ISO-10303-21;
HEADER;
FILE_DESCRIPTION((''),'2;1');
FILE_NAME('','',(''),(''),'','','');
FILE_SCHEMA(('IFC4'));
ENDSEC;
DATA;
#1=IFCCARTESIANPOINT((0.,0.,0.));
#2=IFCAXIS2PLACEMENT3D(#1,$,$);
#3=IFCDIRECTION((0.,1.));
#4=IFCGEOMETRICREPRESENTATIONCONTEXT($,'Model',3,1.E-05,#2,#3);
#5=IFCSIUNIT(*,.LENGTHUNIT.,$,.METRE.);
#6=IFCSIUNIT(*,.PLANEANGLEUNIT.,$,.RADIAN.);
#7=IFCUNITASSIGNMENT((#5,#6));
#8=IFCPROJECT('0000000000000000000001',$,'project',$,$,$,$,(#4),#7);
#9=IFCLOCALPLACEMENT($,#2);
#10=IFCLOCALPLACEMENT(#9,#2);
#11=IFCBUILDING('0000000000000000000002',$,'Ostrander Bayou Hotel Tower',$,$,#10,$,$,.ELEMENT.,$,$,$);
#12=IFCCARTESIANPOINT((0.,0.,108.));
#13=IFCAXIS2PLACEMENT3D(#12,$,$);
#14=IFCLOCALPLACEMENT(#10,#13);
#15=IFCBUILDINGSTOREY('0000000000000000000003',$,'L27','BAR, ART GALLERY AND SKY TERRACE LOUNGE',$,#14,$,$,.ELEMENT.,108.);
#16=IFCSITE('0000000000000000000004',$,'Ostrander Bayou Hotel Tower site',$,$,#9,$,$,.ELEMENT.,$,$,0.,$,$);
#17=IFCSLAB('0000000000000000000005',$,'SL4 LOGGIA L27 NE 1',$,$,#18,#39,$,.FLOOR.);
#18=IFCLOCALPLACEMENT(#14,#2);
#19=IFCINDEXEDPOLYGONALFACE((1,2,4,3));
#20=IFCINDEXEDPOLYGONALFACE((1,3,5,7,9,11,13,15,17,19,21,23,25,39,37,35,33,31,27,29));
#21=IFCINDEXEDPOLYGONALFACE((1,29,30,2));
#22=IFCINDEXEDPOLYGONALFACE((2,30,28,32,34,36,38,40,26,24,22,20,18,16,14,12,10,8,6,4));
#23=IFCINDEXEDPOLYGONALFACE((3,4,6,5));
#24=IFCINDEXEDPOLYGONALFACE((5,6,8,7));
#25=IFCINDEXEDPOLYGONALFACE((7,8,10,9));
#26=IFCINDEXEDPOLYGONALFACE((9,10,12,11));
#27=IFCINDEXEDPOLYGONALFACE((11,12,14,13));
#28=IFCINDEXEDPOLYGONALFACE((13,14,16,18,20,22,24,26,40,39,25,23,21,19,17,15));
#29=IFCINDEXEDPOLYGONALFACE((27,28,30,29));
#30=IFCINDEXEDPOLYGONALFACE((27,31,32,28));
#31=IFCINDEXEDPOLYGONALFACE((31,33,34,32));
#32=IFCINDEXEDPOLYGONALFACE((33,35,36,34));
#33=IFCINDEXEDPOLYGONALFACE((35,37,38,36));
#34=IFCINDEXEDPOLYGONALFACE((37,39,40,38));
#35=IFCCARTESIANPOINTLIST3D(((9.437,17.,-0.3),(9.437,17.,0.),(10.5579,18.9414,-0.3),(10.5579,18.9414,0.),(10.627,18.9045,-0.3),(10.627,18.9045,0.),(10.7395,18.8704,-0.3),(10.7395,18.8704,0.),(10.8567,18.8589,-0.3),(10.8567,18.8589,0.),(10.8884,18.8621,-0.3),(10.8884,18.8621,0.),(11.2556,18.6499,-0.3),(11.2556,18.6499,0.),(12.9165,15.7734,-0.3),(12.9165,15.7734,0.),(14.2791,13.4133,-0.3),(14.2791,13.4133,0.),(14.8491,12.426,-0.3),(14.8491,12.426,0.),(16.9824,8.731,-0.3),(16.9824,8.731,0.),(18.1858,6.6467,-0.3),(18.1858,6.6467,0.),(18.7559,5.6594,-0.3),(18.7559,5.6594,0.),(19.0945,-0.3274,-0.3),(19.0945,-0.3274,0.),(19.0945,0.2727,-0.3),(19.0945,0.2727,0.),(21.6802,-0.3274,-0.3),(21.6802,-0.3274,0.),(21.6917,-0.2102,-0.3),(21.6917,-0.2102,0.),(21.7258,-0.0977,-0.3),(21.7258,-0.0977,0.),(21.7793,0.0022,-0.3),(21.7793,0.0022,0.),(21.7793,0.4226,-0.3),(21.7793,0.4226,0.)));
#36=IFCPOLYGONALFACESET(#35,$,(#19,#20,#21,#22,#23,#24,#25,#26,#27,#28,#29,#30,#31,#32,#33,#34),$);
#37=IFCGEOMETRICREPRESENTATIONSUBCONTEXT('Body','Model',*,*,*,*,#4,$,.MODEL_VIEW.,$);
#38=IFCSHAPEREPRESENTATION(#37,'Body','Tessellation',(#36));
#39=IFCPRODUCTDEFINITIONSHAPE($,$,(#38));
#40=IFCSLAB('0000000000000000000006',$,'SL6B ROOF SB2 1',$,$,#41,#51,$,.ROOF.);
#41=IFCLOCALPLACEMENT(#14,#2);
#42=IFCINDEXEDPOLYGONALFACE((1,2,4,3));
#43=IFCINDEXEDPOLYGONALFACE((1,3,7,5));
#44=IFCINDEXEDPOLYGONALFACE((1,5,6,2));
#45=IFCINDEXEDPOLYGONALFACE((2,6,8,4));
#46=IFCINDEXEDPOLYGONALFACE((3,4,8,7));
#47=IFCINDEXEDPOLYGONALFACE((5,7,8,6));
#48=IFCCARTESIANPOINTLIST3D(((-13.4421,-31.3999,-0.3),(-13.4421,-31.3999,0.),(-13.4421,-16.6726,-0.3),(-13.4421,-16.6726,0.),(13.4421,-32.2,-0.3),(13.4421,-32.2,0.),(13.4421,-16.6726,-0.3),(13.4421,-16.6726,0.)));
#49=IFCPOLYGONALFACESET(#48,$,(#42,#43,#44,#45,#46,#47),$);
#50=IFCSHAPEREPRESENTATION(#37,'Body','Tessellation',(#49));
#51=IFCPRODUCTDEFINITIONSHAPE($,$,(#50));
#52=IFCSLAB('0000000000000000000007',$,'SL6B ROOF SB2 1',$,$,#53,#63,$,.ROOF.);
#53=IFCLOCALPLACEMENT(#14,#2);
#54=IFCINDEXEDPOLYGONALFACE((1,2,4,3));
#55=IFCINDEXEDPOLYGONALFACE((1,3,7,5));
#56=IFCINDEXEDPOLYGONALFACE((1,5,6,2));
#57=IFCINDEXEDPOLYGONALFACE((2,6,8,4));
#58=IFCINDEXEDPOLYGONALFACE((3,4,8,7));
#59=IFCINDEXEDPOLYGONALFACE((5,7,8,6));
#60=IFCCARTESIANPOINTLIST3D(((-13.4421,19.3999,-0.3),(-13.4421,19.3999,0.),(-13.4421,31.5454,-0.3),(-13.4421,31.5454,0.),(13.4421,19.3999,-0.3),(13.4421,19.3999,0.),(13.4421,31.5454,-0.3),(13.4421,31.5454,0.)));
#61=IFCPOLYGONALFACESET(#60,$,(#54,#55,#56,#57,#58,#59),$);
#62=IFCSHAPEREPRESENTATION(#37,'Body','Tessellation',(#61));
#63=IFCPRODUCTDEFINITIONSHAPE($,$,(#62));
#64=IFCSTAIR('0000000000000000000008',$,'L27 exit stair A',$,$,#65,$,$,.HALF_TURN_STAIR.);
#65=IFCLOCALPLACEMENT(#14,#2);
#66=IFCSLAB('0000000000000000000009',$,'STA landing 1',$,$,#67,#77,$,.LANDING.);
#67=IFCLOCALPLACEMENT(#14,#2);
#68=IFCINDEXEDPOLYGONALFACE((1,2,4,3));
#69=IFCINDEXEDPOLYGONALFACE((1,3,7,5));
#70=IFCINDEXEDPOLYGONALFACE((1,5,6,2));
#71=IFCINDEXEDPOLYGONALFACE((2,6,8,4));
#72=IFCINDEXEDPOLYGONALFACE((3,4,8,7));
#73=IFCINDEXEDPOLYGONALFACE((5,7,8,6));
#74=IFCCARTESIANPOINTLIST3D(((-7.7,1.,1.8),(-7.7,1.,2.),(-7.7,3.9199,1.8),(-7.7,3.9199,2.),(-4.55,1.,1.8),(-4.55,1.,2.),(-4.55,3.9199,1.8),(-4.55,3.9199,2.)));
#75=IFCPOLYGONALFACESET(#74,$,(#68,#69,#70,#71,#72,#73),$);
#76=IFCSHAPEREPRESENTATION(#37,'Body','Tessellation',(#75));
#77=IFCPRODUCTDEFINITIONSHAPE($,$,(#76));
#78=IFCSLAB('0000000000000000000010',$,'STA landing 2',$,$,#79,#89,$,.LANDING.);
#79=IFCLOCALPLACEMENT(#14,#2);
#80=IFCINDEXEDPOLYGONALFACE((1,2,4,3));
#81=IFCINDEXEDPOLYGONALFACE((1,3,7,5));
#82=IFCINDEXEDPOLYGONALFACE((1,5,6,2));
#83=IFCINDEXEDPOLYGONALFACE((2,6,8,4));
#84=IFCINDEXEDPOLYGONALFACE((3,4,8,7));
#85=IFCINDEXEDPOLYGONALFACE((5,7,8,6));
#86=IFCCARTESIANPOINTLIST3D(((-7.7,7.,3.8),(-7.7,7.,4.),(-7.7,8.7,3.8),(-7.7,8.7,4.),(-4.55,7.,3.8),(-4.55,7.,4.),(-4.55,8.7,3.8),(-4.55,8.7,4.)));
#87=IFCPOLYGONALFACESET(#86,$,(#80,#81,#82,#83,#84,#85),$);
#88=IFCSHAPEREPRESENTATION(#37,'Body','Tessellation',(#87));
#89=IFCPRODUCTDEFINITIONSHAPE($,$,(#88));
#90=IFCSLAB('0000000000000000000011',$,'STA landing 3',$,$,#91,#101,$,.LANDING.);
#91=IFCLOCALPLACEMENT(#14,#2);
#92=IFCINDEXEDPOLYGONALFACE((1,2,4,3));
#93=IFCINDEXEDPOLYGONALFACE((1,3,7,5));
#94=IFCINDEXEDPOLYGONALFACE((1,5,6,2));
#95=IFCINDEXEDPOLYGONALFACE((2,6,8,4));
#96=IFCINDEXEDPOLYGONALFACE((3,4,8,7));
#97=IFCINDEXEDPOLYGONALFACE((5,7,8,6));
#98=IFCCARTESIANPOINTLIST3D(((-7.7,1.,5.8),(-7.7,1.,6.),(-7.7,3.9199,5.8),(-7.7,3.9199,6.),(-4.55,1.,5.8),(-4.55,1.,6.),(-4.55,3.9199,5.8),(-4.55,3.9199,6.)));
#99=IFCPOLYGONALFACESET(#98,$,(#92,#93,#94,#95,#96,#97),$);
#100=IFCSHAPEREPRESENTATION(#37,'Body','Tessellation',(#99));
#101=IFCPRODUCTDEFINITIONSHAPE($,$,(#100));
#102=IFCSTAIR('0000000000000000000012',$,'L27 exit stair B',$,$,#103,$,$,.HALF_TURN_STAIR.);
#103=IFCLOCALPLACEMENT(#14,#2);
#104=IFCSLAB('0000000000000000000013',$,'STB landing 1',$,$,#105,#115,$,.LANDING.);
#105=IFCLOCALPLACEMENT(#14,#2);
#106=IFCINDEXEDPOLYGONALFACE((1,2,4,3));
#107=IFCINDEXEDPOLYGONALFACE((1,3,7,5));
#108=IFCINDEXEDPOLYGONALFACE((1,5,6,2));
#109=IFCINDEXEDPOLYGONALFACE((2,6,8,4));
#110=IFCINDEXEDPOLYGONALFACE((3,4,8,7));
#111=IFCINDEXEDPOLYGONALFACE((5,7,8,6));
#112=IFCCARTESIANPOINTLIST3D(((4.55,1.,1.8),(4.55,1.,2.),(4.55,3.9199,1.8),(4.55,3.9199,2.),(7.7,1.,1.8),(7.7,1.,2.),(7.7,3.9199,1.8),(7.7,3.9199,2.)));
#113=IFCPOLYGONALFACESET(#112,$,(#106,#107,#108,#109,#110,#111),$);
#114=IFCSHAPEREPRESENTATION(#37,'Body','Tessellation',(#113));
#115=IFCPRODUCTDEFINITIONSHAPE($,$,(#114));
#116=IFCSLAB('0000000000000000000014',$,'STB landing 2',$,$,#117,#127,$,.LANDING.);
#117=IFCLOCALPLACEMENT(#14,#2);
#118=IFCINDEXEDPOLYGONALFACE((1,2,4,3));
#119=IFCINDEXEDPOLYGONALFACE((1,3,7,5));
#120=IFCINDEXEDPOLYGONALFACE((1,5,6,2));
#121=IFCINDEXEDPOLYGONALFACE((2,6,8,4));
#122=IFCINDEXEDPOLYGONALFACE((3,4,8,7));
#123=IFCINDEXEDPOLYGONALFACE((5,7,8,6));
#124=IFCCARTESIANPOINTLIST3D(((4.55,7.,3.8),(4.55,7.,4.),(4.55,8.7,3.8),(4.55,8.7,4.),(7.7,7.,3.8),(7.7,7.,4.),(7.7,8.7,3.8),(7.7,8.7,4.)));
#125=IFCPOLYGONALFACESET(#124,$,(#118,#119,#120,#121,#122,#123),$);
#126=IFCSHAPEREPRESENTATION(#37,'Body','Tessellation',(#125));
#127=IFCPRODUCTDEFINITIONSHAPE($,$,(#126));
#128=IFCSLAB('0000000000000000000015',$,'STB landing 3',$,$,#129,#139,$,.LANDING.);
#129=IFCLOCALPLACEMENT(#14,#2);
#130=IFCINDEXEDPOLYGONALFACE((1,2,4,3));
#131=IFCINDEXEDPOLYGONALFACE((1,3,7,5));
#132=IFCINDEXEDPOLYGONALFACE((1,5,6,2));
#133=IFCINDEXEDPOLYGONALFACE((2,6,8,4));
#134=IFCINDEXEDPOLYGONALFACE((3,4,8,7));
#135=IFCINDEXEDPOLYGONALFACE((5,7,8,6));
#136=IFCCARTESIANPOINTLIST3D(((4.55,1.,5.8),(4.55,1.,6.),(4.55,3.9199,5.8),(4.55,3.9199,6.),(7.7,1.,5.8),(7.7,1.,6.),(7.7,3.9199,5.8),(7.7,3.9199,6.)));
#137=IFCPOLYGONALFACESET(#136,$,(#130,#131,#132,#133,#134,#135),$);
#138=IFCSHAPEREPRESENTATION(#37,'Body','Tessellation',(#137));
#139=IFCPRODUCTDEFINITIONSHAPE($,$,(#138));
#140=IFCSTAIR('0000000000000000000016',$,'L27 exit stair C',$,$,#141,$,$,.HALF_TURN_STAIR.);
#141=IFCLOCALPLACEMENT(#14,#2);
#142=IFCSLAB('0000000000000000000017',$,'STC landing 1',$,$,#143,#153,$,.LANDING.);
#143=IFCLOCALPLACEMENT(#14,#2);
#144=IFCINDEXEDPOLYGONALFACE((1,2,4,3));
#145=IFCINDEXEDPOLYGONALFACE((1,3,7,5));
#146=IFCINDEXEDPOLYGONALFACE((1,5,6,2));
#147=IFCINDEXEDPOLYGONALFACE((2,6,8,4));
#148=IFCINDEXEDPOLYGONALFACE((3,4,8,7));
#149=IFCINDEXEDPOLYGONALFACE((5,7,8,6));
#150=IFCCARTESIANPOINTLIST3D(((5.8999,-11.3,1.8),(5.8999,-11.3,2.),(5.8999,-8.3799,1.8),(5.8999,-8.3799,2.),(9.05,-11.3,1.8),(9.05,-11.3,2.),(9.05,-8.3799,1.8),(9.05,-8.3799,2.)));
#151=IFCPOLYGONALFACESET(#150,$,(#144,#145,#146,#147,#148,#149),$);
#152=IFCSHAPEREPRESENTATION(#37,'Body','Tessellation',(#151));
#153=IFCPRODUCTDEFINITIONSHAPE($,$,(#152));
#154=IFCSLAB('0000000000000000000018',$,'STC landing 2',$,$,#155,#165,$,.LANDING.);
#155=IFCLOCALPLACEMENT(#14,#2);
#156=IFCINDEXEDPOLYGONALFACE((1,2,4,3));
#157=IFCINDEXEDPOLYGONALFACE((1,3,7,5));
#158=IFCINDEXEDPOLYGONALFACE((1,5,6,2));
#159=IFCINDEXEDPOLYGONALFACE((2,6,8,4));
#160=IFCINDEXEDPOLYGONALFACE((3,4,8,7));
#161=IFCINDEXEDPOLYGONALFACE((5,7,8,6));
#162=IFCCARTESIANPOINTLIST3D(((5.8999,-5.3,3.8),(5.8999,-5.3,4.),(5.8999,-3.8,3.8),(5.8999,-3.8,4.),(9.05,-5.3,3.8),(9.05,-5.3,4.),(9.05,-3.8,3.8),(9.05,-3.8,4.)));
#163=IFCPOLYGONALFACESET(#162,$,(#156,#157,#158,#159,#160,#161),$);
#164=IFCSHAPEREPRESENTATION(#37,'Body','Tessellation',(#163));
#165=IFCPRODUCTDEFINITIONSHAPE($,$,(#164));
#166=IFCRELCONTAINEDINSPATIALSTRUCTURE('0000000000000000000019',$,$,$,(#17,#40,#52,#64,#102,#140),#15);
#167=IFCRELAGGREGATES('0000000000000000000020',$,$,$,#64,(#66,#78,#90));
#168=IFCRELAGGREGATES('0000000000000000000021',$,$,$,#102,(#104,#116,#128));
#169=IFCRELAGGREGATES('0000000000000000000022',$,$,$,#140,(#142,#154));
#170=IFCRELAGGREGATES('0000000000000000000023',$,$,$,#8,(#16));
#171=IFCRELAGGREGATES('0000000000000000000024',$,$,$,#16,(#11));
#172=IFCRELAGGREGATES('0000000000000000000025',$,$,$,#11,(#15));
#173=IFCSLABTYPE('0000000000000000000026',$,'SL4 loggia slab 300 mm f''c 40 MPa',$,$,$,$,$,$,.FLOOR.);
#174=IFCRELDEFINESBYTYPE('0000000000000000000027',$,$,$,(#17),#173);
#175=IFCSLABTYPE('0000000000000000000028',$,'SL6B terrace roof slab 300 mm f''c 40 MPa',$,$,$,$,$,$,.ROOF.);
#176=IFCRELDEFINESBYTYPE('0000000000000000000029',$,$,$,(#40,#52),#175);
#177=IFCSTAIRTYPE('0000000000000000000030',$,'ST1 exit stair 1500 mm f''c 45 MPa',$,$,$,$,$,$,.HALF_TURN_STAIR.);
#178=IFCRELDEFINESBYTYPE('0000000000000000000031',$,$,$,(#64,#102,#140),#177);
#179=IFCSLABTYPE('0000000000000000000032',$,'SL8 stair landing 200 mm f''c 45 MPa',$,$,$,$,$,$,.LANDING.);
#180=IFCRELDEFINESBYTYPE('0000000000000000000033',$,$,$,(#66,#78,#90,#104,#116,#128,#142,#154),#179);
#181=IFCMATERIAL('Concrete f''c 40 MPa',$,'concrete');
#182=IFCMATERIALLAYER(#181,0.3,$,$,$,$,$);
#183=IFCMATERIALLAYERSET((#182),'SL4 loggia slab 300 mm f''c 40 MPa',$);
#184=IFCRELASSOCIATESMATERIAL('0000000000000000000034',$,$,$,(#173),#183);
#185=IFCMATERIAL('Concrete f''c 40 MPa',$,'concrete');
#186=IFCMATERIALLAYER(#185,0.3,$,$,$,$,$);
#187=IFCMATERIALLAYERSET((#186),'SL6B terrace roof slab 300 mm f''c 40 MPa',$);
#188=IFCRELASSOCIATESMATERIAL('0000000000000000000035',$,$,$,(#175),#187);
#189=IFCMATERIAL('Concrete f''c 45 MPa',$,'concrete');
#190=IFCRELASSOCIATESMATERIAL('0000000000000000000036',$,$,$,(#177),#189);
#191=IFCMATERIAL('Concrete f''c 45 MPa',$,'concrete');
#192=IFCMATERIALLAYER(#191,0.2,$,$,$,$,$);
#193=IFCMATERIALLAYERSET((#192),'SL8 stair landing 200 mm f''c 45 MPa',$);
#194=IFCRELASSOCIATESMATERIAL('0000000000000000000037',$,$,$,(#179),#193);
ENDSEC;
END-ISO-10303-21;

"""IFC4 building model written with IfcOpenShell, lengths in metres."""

from ifc_helpers import new_model, si_unit, direction, frame, origin, place, context, subcontext, project, spatial, polyline, outline, extrude, material, layer, layer_set, type_object, element, aggregate, save


model = new_model("IFC4")

# Units and contexts
model_context = context("Model", 3, precision=1e-05, world=origin(), true_north=direction((0.0, 1.0)))
body_context = subcontext(model_context, "Body", "Model", "MODEL_VIEW")
ifc_project = project(units=[si_unit("LENGTHUNIT", "METRE"), si_unit("PLANEANGLEUNIT", "RADIAN")], contexts=[model_context])

# Site, building, storey
site_placement = place(None, origin())
site = spatial("IfcSite", under=ifc_project, at=site_placement, Name="Ostrander Bayou Hotel Tower site", CompositionType="ELEMENT", RefElevation=0.0)
building_placement = place(site_placement, origin())
building = spatial("IfcBuilding", under=site, at=building_placement, Name="Ostrander Bayou Hotel Tower", CompositionType="ELEMENT")
storey_placement = place(building_placement, frame((0.0, 0.0, 108.0)))
storey = spatial("IfcBuildingStorey", under=building, at=storey_placement, Name="L27", Description="BAR, ART GALLERY AND SKY TERRACE LOUNGE", CompositionType="ELEMENT", Elevation=108.0)

# Slabs
ifc_material_1 = material(Name="Concrete f'c 40 MPa", Category="concrete")
ifc_layer_1 = layer(ifc_material_1, 0.3)
ifc_layer_set_1 = layer_set([ifc_layer_1], Name="SL4 loggia slab 300 mm f'c 40 MPa")
slab_type_1 = type_object("IfcSlabType", Name="SL4 loggia slab 300 mm f'c 40 MPa", PredefinedType="FLOOR", material=ifc_layer_set_1)
slab_1_placement = place(storey_placement, frame((0.0, 0.0, -0.3)))
element("IfcSlab", 1, at=slab_1_placement, inside=storey, type_object=slab_type_1, Name="SL4 LOGGIA L27 NE 1", PredefinedType="FLOOR", context=body_context, shape_type="SweptSolid", body=[
    extrude(outline(polyline([(10.5579, 18.9414), (10.627, 18.9045), (10.7395, 18.8704), (10.8567, 18.8589), (10.8884, 18.8621), (11.2556, 18.6499), (12.9165, 15.7734), (14.2791, 13.4133), (14.8491, 12.426), (16.9824, 8.731), (18.1858, 6.6467), (18.7559, 5.6594), (21.7793, 0.4226), (21.7793, 0.0022), (21.7258, -0.0977), (21.6917, -0.2102), (21.6802, -0.3274), (19.0945, -0.3274), (19.0945, 0.2727), (9.437, 17.0), (10.5579, 18.9414)])), origin(), (0.0, 0.0, 1.0), 0.3),
])
ifc_material_2 = material(Name="Concrete f'c 40 MPa", Category="concrete")
ifc_layer_2 = layer(ifc_material_2, 0.3)
ifc_layer_set_2 = layer_set([ifc_layer_2], Name="SL6B terrace roof slab 300 mm f'c 40 MPa")
slab_type_2 = type_object("IfcSlabType", Name="SL6B terrace roof slab 300 mm f'c 40 MPa", PredefinedType="ROOF", material=ifc_layer_set_2)
slab_2_placement = place(storey_placement, frame((0.0, 0.0, -0.3)))
element("IfcSlab", 2, at=slab_2_placement, inside=storey, type_object=slab_type_2, Name="SL6B ROOF SB2 1", PredefinedType="ROOF", context=body_context, shape_type="SweptSolid", body=[
    extrude(outline(polyline([(-13.4421, -16.6726), (13.4421, -16.6726), (13.4421, -32.2), (-13.4421, -31.3999), (-13.4421, -16.6726)])), origin(), (0.0, 0.0, 1.0), 0.3),
])
slab_3_placement = place(storey_placement, frame((0.0, 0.0, -0.3)))
element("IfcSlab", 3, at=slab_3_placement, inside=storey, type_object=slab_type_2, Name="SL6B ROOF SB2 1", PredefinedType="ROOF", context=body_context, shape_type="SweptSolid", body=[
    extrude(outline(polyline([(-13.4421, 31.5454), (13.4421, 31.5454), (13.4421, 19.3999), (-13.4421, 19.3999), (-13.4421, 31.5454)])), origin(), (0.0, 0.0, 1.0), 0.3),
])

# Stairs, slabs
ifc_material_3 = material(Name="Concrete f'c 45 MPa", Category="concrete")
stair_type = type_object("IfcStairType", Name="ST1 exit stair 1500 mm f'c 45 MPa", PredefinedType="HALF_TURN_STAIR", material=ifc_material_3)
stair_1_placement = place(storey_placement, origin())
stair_1 = element("IfcStair", 4, at=stair_1_placement, inside=storey, type_object=stair_type, Name="L27 exit stair A", PredefinedType="HALF_TURN_STAIR")
ifc_material_4 = material(Name="Concrete f'c 45 MPa", Category="concrete")
ifc_layer_3 = layer(ifc_material_4, 0.2)
ifc_layer_set_3 = layer_set([ifc_layer_3], Name="SL8 stair landing 200 mm f'c 45 MPa")
slab_type_3 = type_object("IfcSlabType", Name="SL8 stair landing 200 mm f'c 45 MPa", PredefinedType="LANDING", material=ifc_layer_set_3)
slab_4_placement = place(storey_placement, frame((0.0, 0.0, 1.8)))
slab_4 = element("IfcSlab", 5, at=slab_4_placement, type_object=slab_type_3, Name="STA landing 1", PredefinedType="LANDING", context=body_context, shape_type="SweptSolid", body=[
    extrude(outline(polyline([(-7.7, 3.9199), (-7.7, 1.0), (-4.55, 1.0), (-4.55, 3.9199), (-7.7, 3.9199)])), origin(), (0.0, 0.0, 1.0), 0.2),
])
slab_5_placement = place(storey_placement, frame((0.0, 0.0, 3.8)))
slab_5 = element("IfcSlab", 6, at=slab_5_placement, type_object=slab_type_3, Name="STA landing 2", PredefinedType="LANDING", context=body_context, shape_type="SweptSolid", body=[
    extrude(outline(polyline([(-7.7, 8.7), (-7.7, 7.0), (-4.55, 7.0), (-4.55, 8.7), (-7.7, 8.7)])), origin(), (0.0, 0.0, 1.0), 0.2),
])
slab_6_placement = place(storey_placement, frame((0.0, 0.0, 5.8)))
slab_6 = element("IfcSlab", 7, at=slab_6_placement, type_object=slab_type_3, Name="STA landing 3", PredefinedType="LANDING", context=body_context, shape_type="SweptSolid", body=[
    extrude(outline(polyline([(-7.7, 3.9199), (-7.7, 1.0), (-4.55, 1.0), (-4.55, 3.9199), (-7.7, 3.9199)])), origin(), (0.0, 0.0, 1.0), 0.2),
])
aggregate(stair_1, [slab_4, slab_5, slab_6])
stair_2_placement = place(storey_placement, origin())
stair_2 = element("IfcStair", 8, at=stair_2_placement, inside=storey, type_object=stair_type, Name="L27 exit stair B", PredefinedType="HALF_TURN_STAIR")
slab_7_placement = place(storey_placement, frame((0.0, 0.0, 1.8)))
slab_7 = element("IfcSlab", 9, at=slab_7_placement, type_object=slab_type_3, Name="STB landing 1", PredefinedType="LANDING", context=body_context, shape_type="SweptSolid", body=[
    extrude(outline(polyline([(4.55, 3.9199), (4.55, 1.0), (7.7, 1.0), (7.7, 3.9199), (4.55, 3.9199)])), origin(), (0.0, 0.0, 1.0), 0.2),
])
slab_8_placement = place(storey_placement, frame((0.0, 0.0, 3.8)))
slab_8 = element("IfcSlab", 10, at=slab_8_placement, type_object=slab_type_3, Name="STB landing 2", PredefinedType="LANDING", context=body_context, shape_type="SweptSolid", body=[
    extrude(outline(polyline([(4.55, 8.7), (4.55, 7.0), (7.7, 7.0), (7.7, 8.7), (4.55, 8.7)])), origin(), (0.0, 0.0, 1.0), 0.2),
])
slab_9_placement = place(storey_placement, frame((0.0, 0.0, 5.8)))
slab_9 = element("IfcSlab", 11, at=slab_9_placement, type_object=slab_type_3, Name="STB landing 3", PredefinedType="LANDING", context=body_context, shape_type="SweptSolid", body=[
    extrude(outline(polyline([(4.55, 3.9199), (4.55, 1.0), (7.7, 1.0), (7.7, 3.9199), (4.55, 3.9199)])), origin(), (0.0, 0.0, 1.0), 0.2),
])
aggregate(stair_2, [slab_7, slab_8, slab_9])
stair_3_placement = place(storey_placement, origin())
stair_3 = element("IfcStair", 12, at=stair_3_placement, inside=storey, type_object=stair_type, Name="L27 exit stair C", PredefinedType="HALF_TURN_STAIR")
slab_10_placement = place(storey_placement, frame((0.0, 0.0, 1.8)))
slab_10 = element("IfcSlab", 13, at=slab_10_placement, type_object=slab_type_3, Name="STC landing 1", PredefinedType="LANDING", context=body_context, shape_type="SweptSolid", body=[
    extrude(outline(polyline([(5.8999, -8.3799), (5.8999, -11.3), (9.05, -11.3), (9.05, -8.3799), (5.8999, -8.3799)])), origin(), (0.0, 0.0, 1.0), 0.2),
])
slab_11_placement = place(storey_placement, frame((0.0, 0.0, 3.8)))
slab_11 = element("IfcSlab", 14, at=slab_11_placement, type_object=slab_type_3, Name="STC landing 2", PredefinedType="LANDING", context=body_context, shape_type="SweptSolid", body=[
    extrude(outline(polyline([(5.8999, -3.8), (5.8999, -5.3), (9.05, -5.3), (9.05, -3.8), (5.8999, -3.8)])), origin(), (0.0, 0.0, 1.0), 0.2),
])

aggregate(stair_3, [slab_10, slab_11])

save(model, "model.ifc")
